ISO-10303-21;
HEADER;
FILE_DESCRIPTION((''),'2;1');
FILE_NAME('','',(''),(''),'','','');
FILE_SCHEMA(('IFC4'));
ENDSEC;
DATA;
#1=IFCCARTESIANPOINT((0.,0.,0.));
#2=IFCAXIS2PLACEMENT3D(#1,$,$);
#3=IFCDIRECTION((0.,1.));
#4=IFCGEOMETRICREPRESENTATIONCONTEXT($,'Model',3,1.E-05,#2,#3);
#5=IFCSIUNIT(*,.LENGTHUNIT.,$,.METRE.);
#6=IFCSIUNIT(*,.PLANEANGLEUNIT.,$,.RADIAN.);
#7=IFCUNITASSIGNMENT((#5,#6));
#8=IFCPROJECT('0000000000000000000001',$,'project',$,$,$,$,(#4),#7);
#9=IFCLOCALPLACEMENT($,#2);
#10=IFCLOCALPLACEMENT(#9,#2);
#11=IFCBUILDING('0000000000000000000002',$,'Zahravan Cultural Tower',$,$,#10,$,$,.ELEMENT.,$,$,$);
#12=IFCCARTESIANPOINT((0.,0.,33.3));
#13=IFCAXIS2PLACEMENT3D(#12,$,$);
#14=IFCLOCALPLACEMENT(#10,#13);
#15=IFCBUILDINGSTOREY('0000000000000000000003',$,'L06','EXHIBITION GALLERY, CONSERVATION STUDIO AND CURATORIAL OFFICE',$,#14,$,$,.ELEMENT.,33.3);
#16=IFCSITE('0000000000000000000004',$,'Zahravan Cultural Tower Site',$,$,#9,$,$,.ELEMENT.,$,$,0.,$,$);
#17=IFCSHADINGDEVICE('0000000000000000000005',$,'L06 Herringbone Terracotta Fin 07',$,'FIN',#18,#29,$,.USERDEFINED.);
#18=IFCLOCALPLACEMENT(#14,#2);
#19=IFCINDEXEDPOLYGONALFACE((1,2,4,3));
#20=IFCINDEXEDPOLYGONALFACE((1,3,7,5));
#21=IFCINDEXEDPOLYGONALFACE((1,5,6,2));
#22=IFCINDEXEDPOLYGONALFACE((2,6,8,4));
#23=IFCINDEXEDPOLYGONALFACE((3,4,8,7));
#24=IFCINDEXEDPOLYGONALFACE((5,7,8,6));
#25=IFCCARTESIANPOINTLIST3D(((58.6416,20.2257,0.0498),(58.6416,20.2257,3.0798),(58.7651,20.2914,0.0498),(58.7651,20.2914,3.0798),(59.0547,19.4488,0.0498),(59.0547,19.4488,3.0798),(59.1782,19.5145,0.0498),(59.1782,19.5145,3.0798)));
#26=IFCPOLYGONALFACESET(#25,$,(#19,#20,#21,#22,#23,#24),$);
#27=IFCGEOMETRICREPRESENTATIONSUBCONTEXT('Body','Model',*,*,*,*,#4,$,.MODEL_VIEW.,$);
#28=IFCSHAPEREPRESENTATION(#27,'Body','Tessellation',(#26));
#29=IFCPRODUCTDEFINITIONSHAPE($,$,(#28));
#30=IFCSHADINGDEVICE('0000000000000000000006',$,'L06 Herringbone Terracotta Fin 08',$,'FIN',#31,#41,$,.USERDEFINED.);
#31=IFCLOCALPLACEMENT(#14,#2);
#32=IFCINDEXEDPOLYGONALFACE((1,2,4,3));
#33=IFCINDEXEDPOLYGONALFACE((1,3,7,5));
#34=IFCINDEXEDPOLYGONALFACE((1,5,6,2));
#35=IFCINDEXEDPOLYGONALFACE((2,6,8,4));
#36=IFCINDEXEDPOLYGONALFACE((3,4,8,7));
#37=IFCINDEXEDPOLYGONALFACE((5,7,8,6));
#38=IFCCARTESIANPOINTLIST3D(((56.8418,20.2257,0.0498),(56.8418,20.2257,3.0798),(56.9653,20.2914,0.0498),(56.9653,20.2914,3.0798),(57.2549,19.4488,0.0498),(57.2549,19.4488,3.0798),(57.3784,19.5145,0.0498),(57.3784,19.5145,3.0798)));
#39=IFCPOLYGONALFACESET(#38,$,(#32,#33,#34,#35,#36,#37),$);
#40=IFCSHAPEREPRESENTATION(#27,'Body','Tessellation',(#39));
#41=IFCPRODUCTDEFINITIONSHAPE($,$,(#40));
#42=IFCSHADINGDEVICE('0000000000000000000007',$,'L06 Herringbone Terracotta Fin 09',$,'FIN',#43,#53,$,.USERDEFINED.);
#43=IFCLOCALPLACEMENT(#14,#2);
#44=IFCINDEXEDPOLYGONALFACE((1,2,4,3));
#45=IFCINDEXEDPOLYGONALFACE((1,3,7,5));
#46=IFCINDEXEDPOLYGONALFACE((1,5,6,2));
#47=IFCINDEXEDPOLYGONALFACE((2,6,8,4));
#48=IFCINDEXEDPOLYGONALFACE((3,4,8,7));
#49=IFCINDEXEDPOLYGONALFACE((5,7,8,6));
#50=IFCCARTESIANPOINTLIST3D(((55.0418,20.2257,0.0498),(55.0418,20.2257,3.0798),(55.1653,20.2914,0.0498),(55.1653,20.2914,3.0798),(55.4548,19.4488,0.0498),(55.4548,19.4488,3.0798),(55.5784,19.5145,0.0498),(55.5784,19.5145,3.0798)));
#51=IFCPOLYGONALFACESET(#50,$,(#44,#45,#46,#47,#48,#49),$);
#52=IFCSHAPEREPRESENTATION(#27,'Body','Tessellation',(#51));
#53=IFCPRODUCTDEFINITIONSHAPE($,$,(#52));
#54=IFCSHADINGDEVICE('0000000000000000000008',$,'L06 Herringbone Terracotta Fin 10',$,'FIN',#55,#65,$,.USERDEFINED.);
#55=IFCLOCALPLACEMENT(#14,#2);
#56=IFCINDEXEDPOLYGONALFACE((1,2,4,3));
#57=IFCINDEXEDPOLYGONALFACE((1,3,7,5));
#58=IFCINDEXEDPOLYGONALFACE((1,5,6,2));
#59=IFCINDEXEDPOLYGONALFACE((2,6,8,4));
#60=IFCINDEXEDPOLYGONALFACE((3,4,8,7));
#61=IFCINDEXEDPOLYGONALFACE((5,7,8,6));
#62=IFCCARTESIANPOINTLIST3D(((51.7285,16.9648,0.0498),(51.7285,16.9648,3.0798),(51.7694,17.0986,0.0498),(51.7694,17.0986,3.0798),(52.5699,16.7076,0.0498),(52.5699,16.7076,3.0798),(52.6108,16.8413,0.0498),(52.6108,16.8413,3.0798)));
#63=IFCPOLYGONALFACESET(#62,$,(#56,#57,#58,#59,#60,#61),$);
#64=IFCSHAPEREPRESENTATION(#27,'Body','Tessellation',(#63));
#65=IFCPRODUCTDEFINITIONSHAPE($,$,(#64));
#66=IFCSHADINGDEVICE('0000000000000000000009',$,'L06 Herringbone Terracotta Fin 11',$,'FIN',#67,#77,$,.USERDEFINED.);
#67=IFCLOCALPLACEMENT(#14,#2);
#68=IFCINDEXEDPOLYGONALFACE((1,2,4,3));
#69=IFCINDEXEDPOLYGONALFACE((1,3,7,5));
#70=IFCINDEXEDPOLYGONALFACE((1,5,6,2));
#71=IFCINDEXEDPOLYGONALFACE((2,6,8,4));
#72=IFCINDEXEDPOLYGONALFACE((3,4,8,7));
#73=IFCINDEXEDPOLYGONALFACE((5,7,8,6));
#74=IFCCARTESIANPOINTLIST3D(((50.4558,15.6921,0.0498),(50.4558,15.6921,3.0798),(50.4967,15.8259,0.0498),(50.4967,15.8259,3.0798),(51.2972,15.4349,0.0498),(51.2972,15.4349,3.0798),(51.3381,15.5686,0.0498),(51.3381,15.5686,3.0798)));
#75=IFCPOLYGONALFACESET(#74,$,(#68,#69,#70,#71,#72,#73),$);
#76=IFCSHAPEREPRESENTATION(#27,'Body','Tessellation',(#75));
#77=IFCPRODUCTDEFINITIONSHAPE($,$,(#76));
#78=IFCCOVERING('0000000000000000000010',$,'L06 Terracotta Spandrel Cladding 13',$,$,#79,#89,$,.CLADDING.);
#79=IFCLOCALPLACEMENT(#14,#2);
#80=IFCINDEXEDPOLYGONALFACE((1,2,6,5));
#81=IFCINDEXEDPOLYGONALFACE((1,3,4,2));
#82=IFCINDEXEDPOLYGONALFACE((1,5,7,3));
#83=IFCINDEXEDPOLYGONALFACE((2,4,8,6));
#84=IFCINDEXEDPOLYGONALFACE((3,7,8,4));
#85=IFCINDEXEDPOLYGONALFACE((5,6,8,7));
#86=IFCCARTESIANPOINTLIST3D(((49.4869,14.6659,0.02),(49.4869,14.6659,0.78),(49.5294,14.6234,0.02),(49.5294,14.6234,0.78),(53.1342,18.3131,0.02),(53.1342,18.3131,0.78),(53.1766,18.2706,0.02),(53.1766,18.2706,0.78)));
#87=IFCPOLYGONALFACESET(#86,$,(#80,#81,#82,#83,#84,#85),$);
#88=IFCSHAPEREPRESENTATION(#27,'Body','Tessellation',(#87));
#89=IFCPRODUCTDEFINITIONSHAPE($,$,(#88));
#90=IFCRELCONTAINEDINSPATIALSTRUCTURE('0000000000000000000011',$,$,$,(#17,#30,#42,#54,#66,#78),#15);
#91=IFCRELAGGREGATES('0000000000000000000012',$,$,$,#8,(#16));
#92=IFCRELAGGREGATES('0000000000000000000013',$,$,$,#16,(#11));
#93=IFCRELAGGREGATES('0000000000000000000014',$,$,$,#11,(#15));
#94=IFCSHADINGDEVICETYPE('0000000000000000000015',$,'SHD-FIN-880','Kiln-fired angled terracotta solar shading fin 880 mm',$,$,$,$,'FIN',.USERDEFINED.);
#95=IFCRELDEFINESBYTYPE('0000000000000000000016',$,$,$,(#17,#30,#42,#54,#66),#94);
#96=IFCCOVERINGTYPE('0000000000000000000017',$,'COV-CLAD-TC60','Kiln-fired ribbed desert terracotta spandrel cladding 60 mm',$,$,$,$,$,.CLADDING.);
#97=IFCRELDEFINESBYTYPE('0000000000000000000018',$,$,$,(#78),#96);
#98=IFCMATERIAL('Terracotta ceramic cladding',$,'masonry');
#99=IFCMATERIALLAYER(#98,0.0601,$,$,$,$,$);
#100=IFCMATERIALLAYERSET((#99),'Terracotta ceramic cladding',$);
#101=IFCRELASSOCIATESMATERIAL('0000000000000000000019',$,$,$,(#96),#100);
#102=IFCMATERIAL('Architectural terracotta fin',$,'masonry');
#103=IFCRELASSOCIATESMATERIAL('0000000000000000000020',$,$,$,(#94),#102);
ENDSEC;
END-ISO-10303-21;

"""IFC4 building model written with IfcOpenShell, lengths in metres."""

from ifc_helpers import new_model, si_unit, direction, frame, origin, origin_2d, place, context, subcontext, project, spatial, rectangle, extrude, source, transform, mapped, material, layer, layer_set, type_object, element, save


model = new_model("IFC4")

# Units and contexts
model_context = context("Model", 3, precision=1e-05, world=origin(), true_north=direction((0.0, 1.0)))
body_context = subcontext(model_context, "Body", "Model", "MODEL_VIEW")
ifc_project = project(units=[si_unit("LENGTHUNIT", "METRE"), si_unit("PLANEANGLEUNIT", "RADIAN")], contexts=[model_context])

# Site, building, storey
site_placement = place(None, origin())
site = spatial("IfcSite", under=ifc_project, at=site_placement, Name="Zahravan Cultural Tower Site", CompositionType="ELEMENT", RefElevation=0.0)
building_placement = place(site_placement, origin())
building = spatial("IfcBuilding", under=site, at=building_placement, Name="Zahravan Cultural Tower", CompositionType="ELEMENT")
storey_placement = place(building_placement, frame((0.0, 0.0, 33.3)))
storey = spatial("IfcBuildingStorey", under=building, at=storey_placement, Name="L06", Description="EXHIBITION GALLERY, CONSERVATION STUDIO AND CURATORIAL OFFICE", CompositionType="ELEMENT", Elevation=33.3)

# Shared definitions
ifc_material_1 = material(Name="Terracotta ceramic cladding", Category="masonry")
ifc_layer_1 = layer(ifc_material_1, 0.0601)
ifc_layer_set_1 = layer_set([ifc_layer_1], Name="Terracotta ceramic cladding")
covering_type = type_object("IfcCoveringType", Name="COV-CLAD-TC60", Description="Kiln-fired ribbed desert terracotta spandrel cladding 60 mm", PredefinedType="CLADDING", material=ifc_layer_set_1)

# Shading devices
ifc_material_2 = material(Name="Architectural terracotta fin", Category="masonry")
shading_device_type = type_object("IfcShadingDeviceType", Name="SHD-FIN-880", Description="Kiln-fired angled terracotta solar shading fin 880 mm", ElementType="FIN", PredefinedType="USERDEFINED", material=ifc_material_2)
shared_shape_1 = source(origin(), body_context, "Body", "SweptSolid", [
    extrude(rectangle(XDim=0.8799, YDim=0.1399, at=origin_2d()), origin(), (0.0, 0.0, 1.0), 3.03),
])
for number, where, z_axis, x_axis, name in (
    (1, (58.9099, 19.8701, 0.0498), (0.0, 0.0, 1.0), (0.469472, -0.882948, 0.0), "L06 Herringbone Terracotta Fin 07"),
    (2, (57.1101, 19.8701, 0.0498), (0.0, 0.0, 1.0), (0.469472, -0.882948, 0.0), "L06 Herringbone Terracotta Fin 08"),
    (3, (55.3101, 19.8701, 0.0498), (0.0, 0.0, 1.0), (0.469472, -0.882948, 0.0), "L06 Herringbone Terracotta Fin 09"),
    (4, (52.1697, 16.9031, 0.0498), (0.0, 0.0, 1.0), (0.956305, -0.292372, 0.0), "L06 Herringbone Terracotta Fin 10"),
    (5, (50.897, 15.6304, 0.0498), (0.0, 0.0, 1.0), (0.956305, -0.292372, 0.0), "L06 Herringbone Terracotta Fin 11"),
):
    element("IfcShadingDevice", number, at=place(storey_placement, frame(where, z_axis=z_axis, x_axis=x_axis)), inside=storey, type_object=shading_device_type, Name=name, ObjectType="FIN", PredefinedType="USERDEFINED", context=body_context, shape_type="MappedRepresentation", body=[
        mapped(shared_shape_1, transform((0.0, 0.0, 0.0), x_axis=(1.0, 0.0, 0.0), y_axis=(0.0, 1.0, 0.0), z_axis=(0.0, 0.0, 1.0), scale=1.0)),
    ])

# Covering
shared_shape_2 = source(origin(), body_context, "Body", "SweptSolid", [
    extrude(rectangle(XDim=5.158, YDim=0.0601, at=origin_2d()), origin(), (0.0, 0.0, 1.0), 0.76),
])
covering_1_placement = place(storey_placement, frame((51.3318, 16.4683, 0.02), z_axis=(0.0, 0.0, 1.0), x_axis=(-0.707107, -0.707107, 0.0)))
element("IfcCovering", 6, at=covering_1_placement, inside=storey, type_object=covering_type, Name="L06 Terracotta Spandrel Cladding 13", PredefinedType="CLADDING", context=body_context, shape_type="MappedRepresentation", body=[
    mapped(shared_shape_2, transform((0.0, 0.0, 0.0), x_axis=(1.0, 0.0, 0.0), y_axis=(0.0, 1.0, 0.0), z_axis=(0.0, 0.0, 1.0), scale=1.0)),
])

save(model, "model.ifc")
